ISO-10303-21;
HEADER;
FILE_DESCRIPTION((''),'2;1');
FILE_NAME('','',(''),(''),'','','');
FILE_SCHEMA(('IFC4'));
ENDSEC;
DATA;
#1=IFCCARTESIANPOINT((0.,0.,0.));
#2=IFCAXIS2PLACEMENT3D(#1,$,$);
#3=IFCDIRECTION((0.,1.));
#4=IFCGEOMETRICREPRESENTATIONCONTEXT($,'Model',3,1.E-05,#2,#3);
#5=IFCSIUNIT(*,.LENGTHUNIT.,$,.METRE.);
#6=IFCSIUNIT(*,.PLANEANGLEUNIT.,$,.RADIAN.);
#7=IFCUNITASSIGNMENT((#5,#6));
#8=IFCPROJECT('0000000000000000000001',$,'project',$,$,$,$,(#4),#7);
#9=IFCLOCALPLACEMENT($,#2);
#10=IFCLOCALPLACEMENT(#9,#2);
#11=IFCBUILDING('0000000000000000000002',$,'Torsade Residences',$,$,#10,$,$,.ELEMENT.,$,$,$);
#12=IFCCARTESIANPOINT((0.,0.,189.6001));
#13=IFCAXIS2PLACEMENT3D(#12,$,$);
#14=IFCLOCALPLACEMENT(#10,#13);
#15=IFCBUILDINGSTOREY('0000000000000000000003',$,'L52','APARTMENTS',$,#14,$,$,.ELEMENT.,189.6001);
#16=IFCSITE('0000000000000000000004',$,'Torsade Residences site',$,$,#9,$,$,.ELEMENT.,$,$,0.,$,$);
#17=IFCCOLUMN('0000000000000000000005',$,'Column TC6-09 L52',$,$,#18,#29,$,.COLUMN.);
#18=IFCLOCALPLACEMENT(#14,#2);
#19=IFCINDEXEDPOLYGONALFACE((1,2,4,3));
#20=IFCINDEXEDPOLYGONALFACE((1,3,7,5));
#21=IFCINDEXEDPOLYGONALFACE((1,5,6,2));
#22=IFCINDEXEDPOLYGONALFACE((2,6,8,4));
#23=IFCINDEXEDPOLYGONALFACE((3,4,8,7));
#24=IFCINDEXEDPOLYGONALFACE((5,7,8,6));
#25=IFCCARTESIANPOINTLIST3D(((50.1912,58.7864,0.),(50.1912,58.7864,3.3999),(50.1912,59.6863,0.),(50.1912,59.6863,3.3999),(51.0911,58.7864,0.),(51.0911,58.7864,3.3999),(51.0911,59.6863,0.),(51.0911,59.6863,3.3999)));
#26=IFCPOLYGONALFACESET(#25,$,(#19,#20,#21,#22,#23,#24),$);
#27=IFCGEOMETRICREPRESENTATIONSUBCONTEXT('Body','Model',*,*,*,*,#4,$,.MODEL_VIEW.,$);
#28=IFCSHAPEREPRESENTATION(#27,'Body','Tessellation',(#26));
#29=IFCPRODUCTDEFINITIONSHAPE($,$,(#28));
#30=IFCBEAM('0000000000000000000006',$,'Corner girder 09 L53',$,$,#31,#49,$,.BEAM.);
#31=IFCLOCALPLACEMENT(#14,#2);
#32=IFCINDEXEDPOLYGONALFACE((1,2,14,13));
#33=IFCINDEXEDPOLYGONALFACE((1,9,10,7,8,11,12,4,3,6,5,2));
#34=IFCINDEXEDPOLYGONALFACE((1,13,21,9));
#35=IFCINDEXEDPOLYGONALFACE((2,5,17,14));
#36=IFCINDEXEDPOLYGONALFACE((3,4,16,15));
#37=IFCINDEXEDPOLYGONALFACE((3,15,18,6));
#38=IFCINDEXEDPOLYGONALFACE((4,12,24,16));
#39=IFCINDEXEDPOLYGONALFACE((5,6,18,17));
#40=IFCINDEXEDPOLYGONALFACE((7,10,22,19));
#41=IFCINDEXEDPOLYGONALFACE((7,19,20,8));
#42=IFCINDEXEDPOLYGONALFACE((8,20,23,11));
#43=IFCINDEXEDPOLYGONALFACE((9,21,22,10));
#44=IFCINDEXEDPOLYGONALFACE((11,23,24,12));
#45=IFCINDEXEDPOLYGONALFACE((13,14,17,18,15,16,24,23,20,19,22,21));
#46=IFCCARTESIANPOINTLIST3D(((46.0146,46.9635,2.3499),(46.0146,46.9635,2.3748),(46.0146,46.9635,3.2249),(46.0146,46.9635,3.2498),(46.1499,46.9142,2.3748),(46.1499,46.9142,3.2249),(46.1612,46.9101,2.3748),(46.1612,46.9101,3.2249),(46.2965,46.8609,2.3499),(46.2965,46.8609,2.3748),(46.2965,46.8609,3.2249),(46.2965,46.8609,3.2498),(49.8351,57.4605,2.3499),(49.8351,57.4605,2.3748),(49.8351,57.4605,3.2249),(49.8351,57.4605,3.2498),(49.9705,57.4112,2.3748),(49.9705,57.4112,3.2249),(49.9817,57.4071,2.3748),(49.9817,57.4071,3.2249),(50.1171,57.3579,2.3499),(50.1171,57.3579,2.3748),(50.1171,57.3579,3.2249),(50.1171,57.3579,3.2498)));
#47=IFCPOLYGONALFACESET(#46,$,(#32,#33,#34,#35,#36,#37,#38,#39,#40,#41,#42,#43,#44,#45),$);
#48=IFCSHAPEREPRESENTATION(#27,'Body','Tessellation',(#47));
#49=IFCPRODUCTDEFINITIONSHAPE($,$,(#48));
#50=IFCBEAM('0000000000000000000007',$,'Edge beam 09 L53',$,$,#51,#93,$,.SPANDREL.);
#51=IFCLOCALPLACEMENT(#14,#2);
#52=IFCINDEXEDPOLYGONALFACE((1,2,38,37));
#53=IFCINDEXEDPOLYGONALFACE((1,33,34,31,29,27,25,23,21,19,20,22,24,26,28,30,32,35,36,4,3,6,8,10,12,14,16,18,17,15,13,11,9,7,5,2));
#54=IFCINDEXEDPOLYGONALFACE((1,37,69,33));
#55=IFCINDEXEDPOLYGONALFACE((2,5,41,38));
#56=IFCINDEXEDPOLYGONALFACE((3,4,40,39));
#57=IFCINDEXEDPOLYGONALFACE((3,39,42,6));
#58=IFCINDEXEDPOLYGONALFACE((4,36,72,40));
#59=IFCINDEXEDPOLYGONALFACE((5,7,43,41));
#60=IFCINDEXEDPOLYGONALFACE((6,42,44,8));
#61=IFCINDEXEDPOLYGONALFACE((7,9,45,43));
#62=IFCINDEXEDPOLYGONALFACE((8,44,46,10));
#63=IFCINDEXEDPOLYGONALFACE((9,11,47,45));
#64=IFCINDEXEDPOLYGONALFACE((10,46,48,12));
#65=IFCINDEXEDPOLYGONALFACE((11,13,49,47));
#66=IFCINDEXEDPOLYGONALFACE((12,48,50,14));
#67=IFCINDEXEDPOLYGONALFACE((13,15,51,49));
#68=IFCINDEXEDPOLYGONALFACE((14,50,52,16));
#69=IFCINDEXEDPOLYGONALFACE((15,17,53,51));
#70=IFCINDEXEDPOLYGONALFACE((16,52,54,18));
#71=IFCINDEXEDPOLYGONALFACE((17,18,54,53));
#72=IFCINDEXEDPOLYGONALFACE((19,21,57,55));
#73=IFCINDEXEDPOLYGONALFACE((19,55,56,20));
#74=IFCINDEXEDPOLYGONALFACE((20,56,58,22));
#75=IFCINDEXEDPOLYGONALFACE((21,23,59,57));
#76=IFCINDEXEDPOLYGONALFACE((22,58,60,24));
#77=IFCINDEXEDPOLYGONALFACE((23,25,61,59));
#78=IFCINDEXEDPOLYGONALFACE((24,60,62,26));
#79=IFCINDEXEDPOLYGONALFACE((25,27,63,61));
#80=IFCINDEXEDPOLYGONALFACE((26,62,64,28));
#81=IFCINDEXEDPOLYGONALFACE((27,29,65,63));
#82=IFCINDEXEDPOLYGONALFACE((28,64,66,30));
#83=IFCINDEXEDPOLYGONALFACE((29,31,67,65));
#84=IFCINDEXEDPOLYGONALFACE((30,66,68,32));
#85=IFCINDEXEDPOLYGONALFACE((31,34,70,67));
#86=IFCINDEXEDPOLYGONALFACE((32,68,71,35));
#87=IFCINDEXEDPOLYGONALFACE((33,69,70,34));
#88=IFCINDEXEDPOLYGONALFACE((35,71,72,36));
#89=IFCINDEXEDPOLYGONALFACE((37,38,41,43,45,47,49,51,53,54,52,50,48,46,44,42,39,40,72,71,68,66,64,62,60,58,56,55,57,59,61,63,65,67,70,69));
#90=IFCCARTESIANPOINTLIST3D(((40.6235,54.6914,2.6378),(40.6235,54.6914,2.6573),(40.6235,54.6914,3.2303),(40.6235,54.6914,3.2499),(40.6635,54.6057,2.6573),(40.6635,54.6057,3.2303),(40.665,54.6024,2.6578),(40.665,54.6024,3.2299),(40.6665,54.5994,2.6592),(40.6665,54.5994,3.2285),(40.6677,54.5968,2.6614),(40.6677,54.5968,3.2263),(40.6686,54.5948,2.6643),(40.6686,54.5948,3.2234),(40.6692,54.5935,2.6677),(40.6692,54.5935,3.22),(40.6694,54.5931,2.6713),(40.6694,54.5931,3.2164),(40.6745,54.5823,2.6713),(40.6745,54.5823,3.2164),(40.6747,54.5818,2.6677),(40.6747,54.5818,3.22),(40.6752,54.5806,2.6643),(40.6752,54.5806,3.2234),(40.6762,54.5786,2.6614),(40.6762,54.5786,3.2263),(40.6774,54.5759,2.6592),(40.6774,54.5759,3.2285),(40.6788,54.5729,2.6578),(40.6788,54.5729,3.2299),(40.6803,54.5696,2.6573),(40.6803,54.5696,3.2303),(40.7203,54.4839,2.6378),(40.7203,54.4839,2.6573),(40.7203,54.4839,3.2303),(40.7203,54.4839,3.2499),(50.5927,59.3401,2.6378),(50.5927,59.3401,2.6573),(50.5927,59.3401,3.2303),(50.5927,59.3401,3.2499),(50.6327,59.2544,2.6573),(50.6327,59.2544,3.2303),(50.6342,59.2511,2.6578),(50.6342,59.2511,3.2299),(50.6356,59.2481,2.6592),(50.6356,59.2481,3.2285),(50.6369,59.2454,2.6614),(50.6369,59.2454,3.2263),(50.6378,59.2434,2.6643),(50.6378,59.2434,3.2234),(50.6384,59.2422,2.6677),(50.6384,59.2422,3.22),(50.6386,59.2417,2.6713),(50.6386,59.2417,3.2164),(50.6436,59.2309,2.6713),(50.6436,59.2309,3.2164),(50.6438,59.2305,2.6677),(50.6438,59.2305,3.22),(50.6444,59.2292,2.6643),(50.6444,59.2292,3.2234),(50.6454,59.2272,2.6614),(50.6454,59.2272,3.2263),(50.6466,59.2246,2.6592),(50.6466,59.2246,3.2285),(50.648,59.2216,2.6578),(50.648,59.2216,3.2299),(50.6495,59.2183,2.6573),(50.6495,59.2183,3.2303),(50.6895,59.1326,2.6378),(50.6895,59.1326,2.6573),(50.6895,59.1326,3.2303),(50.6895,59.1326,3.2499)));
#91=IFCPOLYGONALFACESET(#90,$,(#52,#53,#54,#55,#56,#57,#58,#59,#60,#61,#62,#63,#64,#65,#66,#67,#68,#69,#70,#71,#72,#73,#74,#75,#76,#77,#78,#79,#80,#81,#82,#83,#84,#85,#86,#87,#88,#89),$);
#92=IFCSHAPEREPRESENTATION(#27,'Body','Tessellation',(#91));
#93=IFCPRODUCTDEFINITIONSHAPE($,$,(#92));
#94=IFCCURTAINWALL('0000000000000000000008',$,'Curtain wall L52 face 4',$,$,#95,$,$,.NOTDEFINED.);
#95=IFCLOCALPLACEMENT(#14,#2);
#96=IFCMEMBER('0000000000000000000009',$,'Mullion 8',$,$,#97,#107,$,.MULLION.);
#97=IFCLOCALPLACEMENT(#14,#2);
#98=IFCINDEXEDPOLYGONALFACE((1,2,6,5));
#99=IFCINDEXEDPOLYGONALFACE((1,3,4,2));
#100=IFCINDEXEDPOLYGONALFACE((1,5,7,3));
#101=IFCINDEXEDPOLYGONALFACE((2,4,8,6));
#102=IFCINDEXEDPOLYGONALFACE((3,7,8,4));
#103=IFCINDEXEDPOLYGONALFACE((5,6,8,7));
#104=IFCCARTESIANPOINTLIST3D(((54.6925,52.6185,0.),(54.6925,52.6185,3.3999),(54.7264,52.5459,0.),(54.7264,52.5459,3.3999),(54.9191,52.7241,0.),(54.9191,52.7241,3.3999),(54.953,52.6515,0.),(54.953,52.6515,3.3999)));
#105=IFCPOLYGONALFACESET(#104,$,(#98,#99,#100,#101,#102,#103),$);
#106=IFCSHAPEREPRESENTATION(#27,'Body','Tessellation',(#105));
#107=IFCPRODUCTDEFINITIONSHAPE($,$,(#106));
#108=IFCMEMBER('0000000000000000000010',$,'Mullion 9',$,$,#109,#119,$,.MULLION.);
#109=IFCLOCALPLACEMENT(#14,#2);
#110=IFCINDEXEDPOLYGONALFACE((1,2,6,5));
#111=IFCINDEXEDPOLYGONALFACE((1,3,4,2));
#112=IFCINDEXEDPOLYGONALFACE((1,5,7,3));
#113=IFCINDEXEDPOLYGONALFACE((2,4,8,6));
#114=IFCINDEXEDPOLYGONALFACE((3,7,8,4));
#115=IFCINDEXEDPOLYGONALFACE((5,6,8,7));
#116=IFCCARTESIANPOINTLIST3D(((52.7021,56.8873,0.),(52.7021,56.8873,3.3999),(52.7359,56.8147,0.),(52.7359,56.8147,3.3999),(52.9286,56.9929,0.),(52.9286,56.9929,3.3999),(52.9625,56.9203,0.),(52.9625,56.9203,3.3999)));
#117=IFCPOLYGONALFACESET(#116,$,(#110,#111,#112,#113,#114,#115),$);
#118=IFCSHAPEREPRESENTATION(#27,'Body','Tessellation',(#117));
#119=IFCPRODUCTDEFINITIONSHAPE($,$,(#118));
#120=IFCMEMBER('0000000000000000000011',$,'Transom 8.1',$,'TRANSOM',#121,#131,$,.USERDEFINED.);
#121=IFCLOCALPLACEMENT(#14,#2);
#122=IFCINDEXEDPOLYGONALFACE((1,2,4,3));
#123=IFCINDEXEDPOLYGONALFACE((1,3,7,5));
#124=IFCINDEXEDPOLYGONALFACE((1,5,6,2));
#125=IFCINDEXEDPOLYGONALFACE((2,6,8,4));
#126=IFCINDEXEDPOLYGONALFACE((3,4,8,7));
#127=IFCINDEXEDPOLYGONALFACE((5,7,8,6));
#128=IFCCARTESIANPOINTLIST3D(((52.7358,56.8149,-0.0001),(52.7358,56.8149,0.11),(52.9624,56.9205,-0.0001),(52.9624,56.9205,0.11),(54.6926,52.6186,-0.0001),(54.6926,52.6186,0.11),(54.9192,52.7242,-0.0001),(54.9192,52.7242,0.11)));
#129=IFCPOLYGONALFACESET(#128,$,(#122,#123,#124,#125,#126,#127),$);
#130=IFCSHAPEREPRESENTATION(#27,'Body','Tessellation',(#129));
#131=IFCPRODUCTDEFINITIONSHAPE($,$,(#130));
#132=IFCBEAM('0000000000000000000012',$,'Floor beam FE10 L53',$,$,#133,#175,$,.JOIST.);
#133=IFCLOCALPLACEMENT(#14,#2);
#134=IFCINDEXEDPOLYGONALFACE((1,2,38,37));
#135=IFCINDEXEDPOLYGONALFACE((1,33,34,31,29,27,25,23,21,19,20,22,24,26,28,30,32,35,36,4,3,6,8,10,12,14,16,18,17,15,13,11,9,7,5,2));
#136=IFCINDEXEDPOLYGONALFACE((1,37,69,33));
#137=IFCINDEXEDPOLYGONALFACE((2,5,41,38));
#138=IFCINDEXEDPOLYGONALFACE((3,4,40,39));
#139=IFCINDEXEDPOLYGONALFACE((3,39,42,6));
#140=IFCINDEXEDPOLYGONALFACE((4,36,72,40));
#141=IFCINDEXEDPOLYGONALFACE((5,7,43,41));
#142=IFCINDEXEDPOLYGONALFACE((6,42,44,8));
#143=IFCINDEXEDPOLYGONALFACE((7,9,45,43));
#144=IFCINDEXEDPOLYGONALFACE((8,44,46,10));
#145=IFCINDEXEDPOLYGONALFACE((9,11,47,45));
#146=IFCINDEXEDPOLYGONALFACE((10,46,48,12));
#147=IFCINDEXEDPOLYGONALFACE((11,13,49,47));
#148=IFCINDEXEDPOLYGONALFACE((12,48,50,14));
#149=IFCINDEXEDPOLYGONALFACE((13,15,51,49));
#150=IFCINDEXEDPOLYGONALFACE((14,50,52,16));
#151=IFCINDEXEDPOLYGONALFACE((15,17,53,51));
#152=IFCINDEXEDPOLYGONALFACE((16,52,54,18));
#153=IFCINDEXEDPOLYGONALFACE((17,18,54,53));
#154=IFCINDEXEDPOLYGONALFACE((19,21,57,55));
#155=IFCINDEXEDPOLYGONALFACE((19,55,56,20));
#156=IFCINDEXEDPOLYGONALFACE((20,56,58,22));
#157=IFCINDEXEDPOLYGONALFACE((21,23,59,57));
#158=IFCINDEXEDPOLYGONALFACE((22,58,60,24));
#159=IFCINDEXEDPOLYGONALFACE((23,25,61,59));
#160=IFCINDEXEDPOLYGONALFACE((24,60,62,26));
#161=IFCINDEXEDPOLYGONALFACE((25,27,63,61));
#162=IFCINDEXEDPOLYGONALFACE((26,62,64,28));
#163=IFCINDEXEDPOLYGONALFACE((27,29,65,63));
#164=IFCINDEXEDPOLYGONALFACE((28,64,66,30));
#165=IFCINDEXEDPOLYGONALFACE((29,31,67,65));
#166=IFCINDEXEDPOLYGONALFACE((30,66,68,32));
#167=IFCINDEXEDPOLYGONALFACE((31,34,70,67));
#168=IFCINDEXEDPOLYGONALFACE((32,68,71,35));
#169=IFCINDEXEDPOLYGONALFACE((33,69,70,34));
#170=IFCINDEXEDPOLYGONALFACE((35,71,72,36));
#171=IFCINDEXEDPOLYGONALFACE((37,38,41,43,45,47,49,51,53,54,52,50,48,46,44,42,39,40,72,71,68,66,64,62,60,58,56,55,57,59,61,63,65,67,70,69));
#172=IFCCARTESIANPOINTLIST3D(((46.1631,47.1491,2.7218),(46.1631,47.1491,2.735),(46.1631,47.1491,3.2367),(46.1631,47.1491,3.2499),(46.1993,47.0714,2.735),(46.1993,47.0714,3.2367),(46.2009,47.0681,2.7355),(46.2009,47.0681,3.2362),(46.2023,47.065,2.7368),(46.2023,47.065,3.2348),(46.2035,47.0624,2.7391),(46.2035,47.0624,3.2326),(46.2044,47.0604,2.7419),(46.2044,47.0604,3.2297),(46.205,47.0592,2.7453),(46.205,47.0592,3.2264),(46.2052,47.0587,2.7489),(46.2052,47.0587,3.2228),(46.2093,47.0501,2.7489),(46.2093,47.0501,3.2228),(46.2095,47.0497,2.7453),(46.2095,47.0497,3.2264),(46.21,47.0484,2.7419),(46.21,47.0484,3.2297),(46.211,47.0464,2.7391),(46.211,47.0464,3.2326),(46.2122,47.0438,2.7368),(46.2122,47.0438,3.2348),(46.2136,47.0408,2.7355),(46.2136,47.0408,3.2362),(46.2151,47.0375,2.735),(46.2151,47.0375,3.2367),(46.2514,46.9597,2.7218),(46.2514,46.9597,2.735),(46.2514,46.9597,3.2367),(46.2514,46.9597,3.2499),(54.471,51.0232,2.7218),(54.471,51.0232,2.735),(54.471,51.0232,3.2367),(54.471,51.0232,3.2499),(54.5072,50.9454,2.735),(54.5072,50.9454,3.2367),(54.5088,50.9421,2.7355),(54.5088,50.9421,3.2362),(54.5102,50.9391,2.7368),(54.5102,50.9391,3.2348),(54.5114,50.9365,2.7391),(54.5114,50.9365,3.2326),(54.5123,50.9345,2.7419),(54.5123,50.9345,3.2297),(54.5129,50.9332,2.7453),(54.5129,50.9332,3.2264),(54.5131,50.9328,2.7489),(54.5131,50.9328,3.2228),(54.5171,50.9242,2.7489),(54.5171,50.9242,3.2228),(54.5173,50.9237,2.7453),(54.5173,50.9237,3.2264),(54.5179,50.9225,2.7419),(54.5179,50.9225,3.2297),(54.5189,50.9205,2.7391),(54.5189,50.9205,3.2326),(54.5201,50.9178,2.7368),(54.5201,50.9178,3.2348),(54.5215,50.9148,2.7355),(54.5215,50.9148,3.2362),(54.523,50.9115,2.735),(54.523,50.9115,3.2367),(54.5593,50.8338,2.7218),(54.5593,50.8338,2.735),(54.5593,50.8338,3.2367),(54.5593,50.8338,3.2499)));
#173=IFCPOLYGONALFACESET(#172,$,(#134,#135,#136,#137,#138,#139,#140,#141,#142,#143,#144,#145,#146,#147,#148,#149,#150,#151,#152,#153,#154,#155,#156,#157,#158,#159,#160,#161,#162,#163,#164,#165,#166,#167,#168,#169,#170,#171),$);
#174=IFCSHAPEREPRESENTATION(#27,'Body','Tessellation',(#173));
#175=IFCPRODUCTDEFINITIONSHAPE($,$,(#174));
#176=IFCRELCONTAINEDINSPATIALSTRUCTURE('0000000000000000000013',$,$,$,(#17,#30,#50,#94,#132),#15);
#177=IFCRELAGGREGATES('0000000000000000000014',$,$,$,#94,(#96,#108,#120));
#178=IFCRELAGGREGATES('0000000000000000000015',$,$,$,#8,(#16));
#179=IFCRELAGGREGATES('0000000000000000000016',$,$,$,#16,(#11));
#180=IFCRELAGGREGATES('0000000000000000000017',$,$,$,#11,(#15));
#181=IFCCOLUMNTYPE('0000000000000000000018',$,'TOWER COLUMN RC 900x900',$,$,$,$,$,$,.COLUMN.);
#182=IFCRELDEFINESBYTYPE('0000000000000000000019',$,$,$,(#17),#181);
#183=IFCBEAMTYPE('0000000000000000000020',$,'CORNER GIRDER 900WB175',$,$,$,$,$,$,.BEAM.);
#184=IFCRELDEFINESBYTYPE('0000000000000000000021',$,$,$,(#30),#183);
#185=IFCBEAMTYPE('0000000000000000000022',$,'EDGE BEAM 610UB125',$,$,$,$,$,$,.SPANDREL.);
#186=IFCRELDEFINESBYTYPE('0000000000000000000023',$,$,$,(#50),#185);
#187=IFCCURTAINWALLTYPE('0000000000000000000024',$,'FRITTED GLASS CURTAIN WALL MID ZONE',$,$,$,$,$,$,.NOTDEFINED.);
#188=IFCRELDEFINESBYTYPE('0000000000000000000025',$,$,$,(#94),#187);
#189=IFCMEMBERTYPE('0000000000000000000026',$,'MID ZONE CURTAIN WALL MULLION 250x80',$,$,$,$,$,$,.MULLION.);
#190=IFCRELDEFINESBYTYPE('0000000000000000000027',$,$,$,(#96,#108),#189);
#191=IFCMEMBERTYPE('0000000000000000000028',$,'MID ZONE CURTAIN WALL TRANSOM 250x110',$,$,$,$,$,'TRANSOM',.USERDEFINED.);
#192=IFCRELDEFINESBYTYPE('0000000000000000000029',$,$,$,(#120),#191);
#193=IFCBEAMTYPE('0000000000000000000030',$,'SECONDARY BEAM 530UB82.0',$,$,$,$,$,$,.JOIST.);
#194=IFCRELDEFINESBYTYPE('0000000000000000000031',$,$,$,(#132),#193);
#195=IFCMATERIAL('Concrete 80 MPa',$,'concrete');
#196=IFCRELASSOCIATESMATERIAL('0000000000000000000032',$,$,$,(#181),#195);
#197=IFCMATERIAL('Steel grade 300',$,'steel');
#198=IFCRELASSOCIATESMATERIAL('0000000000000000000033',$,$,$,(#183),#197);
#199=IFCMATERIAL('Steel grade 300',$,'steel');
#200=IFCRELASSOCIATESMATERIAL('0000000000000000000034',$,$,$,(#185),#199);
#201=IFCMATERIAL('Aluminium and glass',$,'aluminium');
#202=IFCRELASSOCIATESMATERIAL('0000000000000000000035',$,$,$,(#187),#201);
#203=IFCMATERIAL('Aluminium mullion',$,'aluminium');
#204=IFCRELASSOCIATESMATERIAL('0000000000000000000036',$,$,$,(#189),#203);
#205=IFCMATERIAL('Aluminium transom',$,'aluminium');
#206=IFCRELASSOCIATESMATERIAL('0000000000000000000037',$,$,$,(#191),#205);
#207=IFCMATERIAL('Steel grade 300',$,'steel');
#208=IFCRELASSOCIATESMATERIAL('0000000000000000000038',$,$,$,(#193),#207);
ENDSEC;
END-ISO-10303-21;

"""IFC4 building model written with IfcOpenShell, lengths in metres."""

from ifc_helpers import new_model, si_unit, direction, frame, origin, origin_2d, place, context, subcontext, project, spatial, rectangle, i_section, extrude, material, material_profile, profile_set, type_object, element, aggregate, save


model = new_model("IFC4")

# Units and contexts
model_context = context("Model", 3, precision=1e-05, world=origin(), true_north=direction((0.0, 1.0)))
body_context = subcontext(model_context, "Body", "Model", "MODEL_VIEW")
ifc_project = project(units=[si_unit("LENGTHUNIT", "METRE"), si_unit("PLANEANGLEUNIT", "RADIAN")], contexts=[model_context])

# Site, building, storey
site_placement = place(None, origin())
site = spatial("IfcSite", under=ifc_project, at=site_placement, Name="Torsade Residences site", CompositionType="ELEMENT", RefElevation=0.0)
building_placement = place(site_placement, origin())
building = spatial("IfcBuilding", under=site, at=building_placement, Name="Torsade Residences", CompositionType="ELEMENT")
storey_placement = place(building_placement, frame((0.0, 0.0, 189.6001)))
storey = spatial("IfcBuildingStorey", under=building, at=storey_placement, Name="L52", Description="APARTMENTS", CompositionType="ELEMENT", Elevation=189.6001)

# Column
ifc_material_1 = material(Name="Concrete 80 MPa", Category="concrete")
ifc_material_profile_1 = material_profile(ifc_material_1, rectangle(XDim=0.8999, YDim=0.8999, at=origin_2d()), Name="RC 900x900")
ifc_profile_set_1 = profile_set([ifc_material_profile_1], Name="Concrete 80 MPa")
column_type = type_object("IfcColumnType", Name="TOWER COLUMN RC 900x900", PredefinedType="COLUMN", material=ifc_profile_set_1)
column_placement = place(storey_placement, frame((50.6411, 59.2363, 0.0), z_axis=(0.0, 0.0, 1.0), x_axis=(1.0, 0.0, 0.0)))
element("IfcColumn", 1, at=column_placement, inside=storey, type_object=column_type, Name="Column TC6-09 L52", PredefinedType="COLUMN", context=body_context, shape_type="SweptSolid", body=[
    extrude(rectangle(XDim=0.8999, YDim=0.8999, at=origin_2d()), origin(), (0.0, 0.0, 1.0), 3.3999),
])

# Beams
ifc_material_2 = material(Name="Steel grade 300", Category="steel")
ifc_material_profile_2 = material_profile(ifc_material_2, i_section(OverallWidth=0.3, OverallDepth=0.8999, WebThickness=0.012, FlangeThickness=0.0249, at=origin_2d()), Name="900WB175")
ifc_profile_set_2 = profile_set([ifc_material_profile_2], Name="Steel grade 300")
beam_type_1 = type_object("IfcBeamType", Name="CORNER GIRDER 900WB175", PredefinedType="BEAM", material=ifc_profile_set_2)
beam_1_placement = place(storey_placement, frame((49.9761, 57.4092, 2.7998), z_axis=(-0.342015, -0.939694, 0.0), x_axis=(0.939694, -0.342015, 0.0)))
element("IfcBeam", 2, at=beam_1_placement, inside=storey, type_object=beam_type_1, Name="Corner girder 09 L53", PredefinedType="BEAM", context=body_context, shape_type="SweptSolid", body=[
    extrude(i_section(OverallWidth=0.3, OverallDepth=0.8999, WebThickness=0.012, FlangeThickness=0.0249, at=origin_2d()), origin(), (0.0, 0.0, 1.0), 11.1707),
])
ifc_material_3 = material(Name="Steel grade 300", Category="steel")
ifc_material_profile_3 = material_profile(ifc_material_3, i_section(OverallWidth=0.229, OverallDepth=0.6121, WebThickness=0.012, FlangeThickness=0.0195, FilletRadius=0.0139, at=origin_2d()), Name="610UB125")
ifc_profile_set_3 = profile_set([ifc_material_profile_3], Name="Steel grade 300")
beam_type_2 = type_object("IfcBeamType", Name="EDGE BEAM 610UB125", PredefinedType="SPANDREL", material=ifc_profile_set_3)
beam_2_placement = place(storey_placement, frame((50.6411, 59.2363, 2.9438), z_axis=(-0.90631, -0.422614, 0.0), x_axis=(0.422614, -0.90631, 0.0)))
element("IfcBeam", 3, at=beam_2_placement, inside=storey, type_object=beam_type_2, Name="Edge beam 09 L53", PredefinedType="SPANDREL", context=body_context, shape_type="SweptSolid", body=[
    extrude(i_section(OverallWidth=0.229, OverallDepth=0.6121, WebThickness=0.012, FlangeThickness=0.0195, FilletRadius=0.0139, at=origin_2d()), origin(), (0.0, 0.0, 1.0), 10.9998),
])

# Curtain wall, members
ifc_material_4 = material(Name="Aluminium and glass", Category="aluminium")
curtain_wall_type = type_object("IfcCurtainWallType", Name="FRITTED GLASS CURTAIN WALL MID ZONE", PredefinedType="NOTDEFINED", material=ifc_material_4)
curtain_wall_placement = place(storey_placement, origin())
curtain_wall = element("IfcCurtainWall", 4, at=curtain_wall_placement, inside=storey, type_object=curtain_wall_type, Name="Curtain wall L52 face 4", PredefinedType="NOTDEFINED")
ifc_material_5 = material(Name="Aluminium mullion", Category="aluminium")
ifc_material_profile_4 = material_profile(ifc_material_5, rectangle(XDim=0.25, YDim=0.0801, at=origin_2d()), Name="MID ZONE CURTAIN WALL MULLION 250x80")
ifc_profile_set_4 = profile_set([ifc_material_profile_4], Name="Aluminium mullion")
member_type_1 = type_object("IfcMemberType", Name="MID ZONE CURTAIN WALL MULLION 250x80", PredefinedType="MULLION", material=ifc_profile_set_4)
member_1_placement = place(storey_placement, frame((54.8228, 52.635, 0.0), z_axis=(0.0, 0.0, 1.0), x_axis=(-0.906308, -0.422618, 0.0)))
member_1 = element("IfcMember", 5, at=member_1_placement, type_object=member_type_1, Name="Mullion 8", PredefinedType="MULLION", context=body_context, shape_type="SweptSolid", body=[
    extrude(rectangle(XDim=0.25, YDim=0.0801, at=origin_2d()), origin(), (0.0, 0.0, 1.0), 3.3999),
])
member_2_placement = place(storey_placement, frame((52.8323, 56.9038, 0.0), z_axis=(0.0, 0.0, 1.0), x_axis=(-0.906308, -0.422618, 0.0)))
member_2 = element("IfcMember", 6, at=member_2_placement, type_object=member_type_1, Name="Mullion 9", PredefinedType="MULLION", context=body_context, shape_type="SweptSolid", body=[
    extrude(rectangle(XDim=0.25, YDim=0.0801, at=origin_2d()), origin(), (0.0, 0.0, 1.0), 3.3999),
])
ifc_material_6 = material(Name="Aluminium transom", Category="aluminium")
ifc_material_profile_5 = material_profile(ifc_material_6, rectangle(XDim=0.25, YDim=0.1101, at=origin_2d()), Name="MID ZONE CURTAIN WALL TRANSOM 250x110")
ifc_profile_set_5 = profile_set([ifc_material_profile_5], Name="Aluminium transom")
member_type_2 = type_object("IfcMemberType", Name="MID ZONE CURTAIN WALL TRANSOM 250x110", ElementType="TRANSOM", PredefinedType="USERDEFINED", material=ifc_profile_set_5)
member_3_placement = place(storey_placement, frame((54.8059, 52.6714, 0.0549), z_axis=(-0.422623, 0.906306, 0.0), x_axis=(-0.906306, -0.422623, 0.0)))
member_3 = element("IfcMember", 7, at=member_3_placement, type_object=member_type_2, Name="Transom 8.1", ObjectType="TRANSOM", PredefinedType="USERDEFINED", context=body_context, shape_type="SweptSolid", body=[
    extrude(rectangle(XDim=0.25, YDim=0.1101, at=origin_2d()), origin(), (0.0, 0.0, 1.0), 4.6301),
])

# Beam
ifc_material_7 = material(Name="Steel grade 300", Category="steel")
ifc_material_profile_6 = material_profile(ifc_material_7, i_section(OverallWidth=0.209, OverallDepth=0.5281, WebThickness=0.0095, FlangeThickness=0.0132, FilletRadius=0.0139, at=origin_2d()), Name="530UB82.0")
ifc_profile_set_6 = profile_set([ifc_material_profile_6], Name="Steel grade 300")
beam_type_3 = type_object("IfcBeamType", Name="SECONDARY BEAM 530UB82.0", PredefinedType="JOIST", material=ifc_profile_set_6)
beam_3_placement = place(storey_placement, frame((54.5151, 50.9285, 2.9858), z_axis=(-0.906308, -0.422619, 0.0), x_axis=(0.422619, -0.906308, 0.0)))
element("IfcBeam", 8, at=beam_3_placement, inside=storey, type_object=beam_type_3, Name="Floor beam FE10 L53", PredefinedType="JOIST", context=body_context, shape_type="SweptSolid", body=[
    extrude(i_section(OverallWidth=0.209, OverallDepth=0.5281, WebThickness=0.0095, FlangeThickness=0.0132, FilletRadius=0.0139, at=origin_2d()), origin(), (0.0, 0.0, 1.0), 9.1667),
])

aggregate(curtain_wall, [member_1, member_2, member_3])

save(model, "model.ifc")
